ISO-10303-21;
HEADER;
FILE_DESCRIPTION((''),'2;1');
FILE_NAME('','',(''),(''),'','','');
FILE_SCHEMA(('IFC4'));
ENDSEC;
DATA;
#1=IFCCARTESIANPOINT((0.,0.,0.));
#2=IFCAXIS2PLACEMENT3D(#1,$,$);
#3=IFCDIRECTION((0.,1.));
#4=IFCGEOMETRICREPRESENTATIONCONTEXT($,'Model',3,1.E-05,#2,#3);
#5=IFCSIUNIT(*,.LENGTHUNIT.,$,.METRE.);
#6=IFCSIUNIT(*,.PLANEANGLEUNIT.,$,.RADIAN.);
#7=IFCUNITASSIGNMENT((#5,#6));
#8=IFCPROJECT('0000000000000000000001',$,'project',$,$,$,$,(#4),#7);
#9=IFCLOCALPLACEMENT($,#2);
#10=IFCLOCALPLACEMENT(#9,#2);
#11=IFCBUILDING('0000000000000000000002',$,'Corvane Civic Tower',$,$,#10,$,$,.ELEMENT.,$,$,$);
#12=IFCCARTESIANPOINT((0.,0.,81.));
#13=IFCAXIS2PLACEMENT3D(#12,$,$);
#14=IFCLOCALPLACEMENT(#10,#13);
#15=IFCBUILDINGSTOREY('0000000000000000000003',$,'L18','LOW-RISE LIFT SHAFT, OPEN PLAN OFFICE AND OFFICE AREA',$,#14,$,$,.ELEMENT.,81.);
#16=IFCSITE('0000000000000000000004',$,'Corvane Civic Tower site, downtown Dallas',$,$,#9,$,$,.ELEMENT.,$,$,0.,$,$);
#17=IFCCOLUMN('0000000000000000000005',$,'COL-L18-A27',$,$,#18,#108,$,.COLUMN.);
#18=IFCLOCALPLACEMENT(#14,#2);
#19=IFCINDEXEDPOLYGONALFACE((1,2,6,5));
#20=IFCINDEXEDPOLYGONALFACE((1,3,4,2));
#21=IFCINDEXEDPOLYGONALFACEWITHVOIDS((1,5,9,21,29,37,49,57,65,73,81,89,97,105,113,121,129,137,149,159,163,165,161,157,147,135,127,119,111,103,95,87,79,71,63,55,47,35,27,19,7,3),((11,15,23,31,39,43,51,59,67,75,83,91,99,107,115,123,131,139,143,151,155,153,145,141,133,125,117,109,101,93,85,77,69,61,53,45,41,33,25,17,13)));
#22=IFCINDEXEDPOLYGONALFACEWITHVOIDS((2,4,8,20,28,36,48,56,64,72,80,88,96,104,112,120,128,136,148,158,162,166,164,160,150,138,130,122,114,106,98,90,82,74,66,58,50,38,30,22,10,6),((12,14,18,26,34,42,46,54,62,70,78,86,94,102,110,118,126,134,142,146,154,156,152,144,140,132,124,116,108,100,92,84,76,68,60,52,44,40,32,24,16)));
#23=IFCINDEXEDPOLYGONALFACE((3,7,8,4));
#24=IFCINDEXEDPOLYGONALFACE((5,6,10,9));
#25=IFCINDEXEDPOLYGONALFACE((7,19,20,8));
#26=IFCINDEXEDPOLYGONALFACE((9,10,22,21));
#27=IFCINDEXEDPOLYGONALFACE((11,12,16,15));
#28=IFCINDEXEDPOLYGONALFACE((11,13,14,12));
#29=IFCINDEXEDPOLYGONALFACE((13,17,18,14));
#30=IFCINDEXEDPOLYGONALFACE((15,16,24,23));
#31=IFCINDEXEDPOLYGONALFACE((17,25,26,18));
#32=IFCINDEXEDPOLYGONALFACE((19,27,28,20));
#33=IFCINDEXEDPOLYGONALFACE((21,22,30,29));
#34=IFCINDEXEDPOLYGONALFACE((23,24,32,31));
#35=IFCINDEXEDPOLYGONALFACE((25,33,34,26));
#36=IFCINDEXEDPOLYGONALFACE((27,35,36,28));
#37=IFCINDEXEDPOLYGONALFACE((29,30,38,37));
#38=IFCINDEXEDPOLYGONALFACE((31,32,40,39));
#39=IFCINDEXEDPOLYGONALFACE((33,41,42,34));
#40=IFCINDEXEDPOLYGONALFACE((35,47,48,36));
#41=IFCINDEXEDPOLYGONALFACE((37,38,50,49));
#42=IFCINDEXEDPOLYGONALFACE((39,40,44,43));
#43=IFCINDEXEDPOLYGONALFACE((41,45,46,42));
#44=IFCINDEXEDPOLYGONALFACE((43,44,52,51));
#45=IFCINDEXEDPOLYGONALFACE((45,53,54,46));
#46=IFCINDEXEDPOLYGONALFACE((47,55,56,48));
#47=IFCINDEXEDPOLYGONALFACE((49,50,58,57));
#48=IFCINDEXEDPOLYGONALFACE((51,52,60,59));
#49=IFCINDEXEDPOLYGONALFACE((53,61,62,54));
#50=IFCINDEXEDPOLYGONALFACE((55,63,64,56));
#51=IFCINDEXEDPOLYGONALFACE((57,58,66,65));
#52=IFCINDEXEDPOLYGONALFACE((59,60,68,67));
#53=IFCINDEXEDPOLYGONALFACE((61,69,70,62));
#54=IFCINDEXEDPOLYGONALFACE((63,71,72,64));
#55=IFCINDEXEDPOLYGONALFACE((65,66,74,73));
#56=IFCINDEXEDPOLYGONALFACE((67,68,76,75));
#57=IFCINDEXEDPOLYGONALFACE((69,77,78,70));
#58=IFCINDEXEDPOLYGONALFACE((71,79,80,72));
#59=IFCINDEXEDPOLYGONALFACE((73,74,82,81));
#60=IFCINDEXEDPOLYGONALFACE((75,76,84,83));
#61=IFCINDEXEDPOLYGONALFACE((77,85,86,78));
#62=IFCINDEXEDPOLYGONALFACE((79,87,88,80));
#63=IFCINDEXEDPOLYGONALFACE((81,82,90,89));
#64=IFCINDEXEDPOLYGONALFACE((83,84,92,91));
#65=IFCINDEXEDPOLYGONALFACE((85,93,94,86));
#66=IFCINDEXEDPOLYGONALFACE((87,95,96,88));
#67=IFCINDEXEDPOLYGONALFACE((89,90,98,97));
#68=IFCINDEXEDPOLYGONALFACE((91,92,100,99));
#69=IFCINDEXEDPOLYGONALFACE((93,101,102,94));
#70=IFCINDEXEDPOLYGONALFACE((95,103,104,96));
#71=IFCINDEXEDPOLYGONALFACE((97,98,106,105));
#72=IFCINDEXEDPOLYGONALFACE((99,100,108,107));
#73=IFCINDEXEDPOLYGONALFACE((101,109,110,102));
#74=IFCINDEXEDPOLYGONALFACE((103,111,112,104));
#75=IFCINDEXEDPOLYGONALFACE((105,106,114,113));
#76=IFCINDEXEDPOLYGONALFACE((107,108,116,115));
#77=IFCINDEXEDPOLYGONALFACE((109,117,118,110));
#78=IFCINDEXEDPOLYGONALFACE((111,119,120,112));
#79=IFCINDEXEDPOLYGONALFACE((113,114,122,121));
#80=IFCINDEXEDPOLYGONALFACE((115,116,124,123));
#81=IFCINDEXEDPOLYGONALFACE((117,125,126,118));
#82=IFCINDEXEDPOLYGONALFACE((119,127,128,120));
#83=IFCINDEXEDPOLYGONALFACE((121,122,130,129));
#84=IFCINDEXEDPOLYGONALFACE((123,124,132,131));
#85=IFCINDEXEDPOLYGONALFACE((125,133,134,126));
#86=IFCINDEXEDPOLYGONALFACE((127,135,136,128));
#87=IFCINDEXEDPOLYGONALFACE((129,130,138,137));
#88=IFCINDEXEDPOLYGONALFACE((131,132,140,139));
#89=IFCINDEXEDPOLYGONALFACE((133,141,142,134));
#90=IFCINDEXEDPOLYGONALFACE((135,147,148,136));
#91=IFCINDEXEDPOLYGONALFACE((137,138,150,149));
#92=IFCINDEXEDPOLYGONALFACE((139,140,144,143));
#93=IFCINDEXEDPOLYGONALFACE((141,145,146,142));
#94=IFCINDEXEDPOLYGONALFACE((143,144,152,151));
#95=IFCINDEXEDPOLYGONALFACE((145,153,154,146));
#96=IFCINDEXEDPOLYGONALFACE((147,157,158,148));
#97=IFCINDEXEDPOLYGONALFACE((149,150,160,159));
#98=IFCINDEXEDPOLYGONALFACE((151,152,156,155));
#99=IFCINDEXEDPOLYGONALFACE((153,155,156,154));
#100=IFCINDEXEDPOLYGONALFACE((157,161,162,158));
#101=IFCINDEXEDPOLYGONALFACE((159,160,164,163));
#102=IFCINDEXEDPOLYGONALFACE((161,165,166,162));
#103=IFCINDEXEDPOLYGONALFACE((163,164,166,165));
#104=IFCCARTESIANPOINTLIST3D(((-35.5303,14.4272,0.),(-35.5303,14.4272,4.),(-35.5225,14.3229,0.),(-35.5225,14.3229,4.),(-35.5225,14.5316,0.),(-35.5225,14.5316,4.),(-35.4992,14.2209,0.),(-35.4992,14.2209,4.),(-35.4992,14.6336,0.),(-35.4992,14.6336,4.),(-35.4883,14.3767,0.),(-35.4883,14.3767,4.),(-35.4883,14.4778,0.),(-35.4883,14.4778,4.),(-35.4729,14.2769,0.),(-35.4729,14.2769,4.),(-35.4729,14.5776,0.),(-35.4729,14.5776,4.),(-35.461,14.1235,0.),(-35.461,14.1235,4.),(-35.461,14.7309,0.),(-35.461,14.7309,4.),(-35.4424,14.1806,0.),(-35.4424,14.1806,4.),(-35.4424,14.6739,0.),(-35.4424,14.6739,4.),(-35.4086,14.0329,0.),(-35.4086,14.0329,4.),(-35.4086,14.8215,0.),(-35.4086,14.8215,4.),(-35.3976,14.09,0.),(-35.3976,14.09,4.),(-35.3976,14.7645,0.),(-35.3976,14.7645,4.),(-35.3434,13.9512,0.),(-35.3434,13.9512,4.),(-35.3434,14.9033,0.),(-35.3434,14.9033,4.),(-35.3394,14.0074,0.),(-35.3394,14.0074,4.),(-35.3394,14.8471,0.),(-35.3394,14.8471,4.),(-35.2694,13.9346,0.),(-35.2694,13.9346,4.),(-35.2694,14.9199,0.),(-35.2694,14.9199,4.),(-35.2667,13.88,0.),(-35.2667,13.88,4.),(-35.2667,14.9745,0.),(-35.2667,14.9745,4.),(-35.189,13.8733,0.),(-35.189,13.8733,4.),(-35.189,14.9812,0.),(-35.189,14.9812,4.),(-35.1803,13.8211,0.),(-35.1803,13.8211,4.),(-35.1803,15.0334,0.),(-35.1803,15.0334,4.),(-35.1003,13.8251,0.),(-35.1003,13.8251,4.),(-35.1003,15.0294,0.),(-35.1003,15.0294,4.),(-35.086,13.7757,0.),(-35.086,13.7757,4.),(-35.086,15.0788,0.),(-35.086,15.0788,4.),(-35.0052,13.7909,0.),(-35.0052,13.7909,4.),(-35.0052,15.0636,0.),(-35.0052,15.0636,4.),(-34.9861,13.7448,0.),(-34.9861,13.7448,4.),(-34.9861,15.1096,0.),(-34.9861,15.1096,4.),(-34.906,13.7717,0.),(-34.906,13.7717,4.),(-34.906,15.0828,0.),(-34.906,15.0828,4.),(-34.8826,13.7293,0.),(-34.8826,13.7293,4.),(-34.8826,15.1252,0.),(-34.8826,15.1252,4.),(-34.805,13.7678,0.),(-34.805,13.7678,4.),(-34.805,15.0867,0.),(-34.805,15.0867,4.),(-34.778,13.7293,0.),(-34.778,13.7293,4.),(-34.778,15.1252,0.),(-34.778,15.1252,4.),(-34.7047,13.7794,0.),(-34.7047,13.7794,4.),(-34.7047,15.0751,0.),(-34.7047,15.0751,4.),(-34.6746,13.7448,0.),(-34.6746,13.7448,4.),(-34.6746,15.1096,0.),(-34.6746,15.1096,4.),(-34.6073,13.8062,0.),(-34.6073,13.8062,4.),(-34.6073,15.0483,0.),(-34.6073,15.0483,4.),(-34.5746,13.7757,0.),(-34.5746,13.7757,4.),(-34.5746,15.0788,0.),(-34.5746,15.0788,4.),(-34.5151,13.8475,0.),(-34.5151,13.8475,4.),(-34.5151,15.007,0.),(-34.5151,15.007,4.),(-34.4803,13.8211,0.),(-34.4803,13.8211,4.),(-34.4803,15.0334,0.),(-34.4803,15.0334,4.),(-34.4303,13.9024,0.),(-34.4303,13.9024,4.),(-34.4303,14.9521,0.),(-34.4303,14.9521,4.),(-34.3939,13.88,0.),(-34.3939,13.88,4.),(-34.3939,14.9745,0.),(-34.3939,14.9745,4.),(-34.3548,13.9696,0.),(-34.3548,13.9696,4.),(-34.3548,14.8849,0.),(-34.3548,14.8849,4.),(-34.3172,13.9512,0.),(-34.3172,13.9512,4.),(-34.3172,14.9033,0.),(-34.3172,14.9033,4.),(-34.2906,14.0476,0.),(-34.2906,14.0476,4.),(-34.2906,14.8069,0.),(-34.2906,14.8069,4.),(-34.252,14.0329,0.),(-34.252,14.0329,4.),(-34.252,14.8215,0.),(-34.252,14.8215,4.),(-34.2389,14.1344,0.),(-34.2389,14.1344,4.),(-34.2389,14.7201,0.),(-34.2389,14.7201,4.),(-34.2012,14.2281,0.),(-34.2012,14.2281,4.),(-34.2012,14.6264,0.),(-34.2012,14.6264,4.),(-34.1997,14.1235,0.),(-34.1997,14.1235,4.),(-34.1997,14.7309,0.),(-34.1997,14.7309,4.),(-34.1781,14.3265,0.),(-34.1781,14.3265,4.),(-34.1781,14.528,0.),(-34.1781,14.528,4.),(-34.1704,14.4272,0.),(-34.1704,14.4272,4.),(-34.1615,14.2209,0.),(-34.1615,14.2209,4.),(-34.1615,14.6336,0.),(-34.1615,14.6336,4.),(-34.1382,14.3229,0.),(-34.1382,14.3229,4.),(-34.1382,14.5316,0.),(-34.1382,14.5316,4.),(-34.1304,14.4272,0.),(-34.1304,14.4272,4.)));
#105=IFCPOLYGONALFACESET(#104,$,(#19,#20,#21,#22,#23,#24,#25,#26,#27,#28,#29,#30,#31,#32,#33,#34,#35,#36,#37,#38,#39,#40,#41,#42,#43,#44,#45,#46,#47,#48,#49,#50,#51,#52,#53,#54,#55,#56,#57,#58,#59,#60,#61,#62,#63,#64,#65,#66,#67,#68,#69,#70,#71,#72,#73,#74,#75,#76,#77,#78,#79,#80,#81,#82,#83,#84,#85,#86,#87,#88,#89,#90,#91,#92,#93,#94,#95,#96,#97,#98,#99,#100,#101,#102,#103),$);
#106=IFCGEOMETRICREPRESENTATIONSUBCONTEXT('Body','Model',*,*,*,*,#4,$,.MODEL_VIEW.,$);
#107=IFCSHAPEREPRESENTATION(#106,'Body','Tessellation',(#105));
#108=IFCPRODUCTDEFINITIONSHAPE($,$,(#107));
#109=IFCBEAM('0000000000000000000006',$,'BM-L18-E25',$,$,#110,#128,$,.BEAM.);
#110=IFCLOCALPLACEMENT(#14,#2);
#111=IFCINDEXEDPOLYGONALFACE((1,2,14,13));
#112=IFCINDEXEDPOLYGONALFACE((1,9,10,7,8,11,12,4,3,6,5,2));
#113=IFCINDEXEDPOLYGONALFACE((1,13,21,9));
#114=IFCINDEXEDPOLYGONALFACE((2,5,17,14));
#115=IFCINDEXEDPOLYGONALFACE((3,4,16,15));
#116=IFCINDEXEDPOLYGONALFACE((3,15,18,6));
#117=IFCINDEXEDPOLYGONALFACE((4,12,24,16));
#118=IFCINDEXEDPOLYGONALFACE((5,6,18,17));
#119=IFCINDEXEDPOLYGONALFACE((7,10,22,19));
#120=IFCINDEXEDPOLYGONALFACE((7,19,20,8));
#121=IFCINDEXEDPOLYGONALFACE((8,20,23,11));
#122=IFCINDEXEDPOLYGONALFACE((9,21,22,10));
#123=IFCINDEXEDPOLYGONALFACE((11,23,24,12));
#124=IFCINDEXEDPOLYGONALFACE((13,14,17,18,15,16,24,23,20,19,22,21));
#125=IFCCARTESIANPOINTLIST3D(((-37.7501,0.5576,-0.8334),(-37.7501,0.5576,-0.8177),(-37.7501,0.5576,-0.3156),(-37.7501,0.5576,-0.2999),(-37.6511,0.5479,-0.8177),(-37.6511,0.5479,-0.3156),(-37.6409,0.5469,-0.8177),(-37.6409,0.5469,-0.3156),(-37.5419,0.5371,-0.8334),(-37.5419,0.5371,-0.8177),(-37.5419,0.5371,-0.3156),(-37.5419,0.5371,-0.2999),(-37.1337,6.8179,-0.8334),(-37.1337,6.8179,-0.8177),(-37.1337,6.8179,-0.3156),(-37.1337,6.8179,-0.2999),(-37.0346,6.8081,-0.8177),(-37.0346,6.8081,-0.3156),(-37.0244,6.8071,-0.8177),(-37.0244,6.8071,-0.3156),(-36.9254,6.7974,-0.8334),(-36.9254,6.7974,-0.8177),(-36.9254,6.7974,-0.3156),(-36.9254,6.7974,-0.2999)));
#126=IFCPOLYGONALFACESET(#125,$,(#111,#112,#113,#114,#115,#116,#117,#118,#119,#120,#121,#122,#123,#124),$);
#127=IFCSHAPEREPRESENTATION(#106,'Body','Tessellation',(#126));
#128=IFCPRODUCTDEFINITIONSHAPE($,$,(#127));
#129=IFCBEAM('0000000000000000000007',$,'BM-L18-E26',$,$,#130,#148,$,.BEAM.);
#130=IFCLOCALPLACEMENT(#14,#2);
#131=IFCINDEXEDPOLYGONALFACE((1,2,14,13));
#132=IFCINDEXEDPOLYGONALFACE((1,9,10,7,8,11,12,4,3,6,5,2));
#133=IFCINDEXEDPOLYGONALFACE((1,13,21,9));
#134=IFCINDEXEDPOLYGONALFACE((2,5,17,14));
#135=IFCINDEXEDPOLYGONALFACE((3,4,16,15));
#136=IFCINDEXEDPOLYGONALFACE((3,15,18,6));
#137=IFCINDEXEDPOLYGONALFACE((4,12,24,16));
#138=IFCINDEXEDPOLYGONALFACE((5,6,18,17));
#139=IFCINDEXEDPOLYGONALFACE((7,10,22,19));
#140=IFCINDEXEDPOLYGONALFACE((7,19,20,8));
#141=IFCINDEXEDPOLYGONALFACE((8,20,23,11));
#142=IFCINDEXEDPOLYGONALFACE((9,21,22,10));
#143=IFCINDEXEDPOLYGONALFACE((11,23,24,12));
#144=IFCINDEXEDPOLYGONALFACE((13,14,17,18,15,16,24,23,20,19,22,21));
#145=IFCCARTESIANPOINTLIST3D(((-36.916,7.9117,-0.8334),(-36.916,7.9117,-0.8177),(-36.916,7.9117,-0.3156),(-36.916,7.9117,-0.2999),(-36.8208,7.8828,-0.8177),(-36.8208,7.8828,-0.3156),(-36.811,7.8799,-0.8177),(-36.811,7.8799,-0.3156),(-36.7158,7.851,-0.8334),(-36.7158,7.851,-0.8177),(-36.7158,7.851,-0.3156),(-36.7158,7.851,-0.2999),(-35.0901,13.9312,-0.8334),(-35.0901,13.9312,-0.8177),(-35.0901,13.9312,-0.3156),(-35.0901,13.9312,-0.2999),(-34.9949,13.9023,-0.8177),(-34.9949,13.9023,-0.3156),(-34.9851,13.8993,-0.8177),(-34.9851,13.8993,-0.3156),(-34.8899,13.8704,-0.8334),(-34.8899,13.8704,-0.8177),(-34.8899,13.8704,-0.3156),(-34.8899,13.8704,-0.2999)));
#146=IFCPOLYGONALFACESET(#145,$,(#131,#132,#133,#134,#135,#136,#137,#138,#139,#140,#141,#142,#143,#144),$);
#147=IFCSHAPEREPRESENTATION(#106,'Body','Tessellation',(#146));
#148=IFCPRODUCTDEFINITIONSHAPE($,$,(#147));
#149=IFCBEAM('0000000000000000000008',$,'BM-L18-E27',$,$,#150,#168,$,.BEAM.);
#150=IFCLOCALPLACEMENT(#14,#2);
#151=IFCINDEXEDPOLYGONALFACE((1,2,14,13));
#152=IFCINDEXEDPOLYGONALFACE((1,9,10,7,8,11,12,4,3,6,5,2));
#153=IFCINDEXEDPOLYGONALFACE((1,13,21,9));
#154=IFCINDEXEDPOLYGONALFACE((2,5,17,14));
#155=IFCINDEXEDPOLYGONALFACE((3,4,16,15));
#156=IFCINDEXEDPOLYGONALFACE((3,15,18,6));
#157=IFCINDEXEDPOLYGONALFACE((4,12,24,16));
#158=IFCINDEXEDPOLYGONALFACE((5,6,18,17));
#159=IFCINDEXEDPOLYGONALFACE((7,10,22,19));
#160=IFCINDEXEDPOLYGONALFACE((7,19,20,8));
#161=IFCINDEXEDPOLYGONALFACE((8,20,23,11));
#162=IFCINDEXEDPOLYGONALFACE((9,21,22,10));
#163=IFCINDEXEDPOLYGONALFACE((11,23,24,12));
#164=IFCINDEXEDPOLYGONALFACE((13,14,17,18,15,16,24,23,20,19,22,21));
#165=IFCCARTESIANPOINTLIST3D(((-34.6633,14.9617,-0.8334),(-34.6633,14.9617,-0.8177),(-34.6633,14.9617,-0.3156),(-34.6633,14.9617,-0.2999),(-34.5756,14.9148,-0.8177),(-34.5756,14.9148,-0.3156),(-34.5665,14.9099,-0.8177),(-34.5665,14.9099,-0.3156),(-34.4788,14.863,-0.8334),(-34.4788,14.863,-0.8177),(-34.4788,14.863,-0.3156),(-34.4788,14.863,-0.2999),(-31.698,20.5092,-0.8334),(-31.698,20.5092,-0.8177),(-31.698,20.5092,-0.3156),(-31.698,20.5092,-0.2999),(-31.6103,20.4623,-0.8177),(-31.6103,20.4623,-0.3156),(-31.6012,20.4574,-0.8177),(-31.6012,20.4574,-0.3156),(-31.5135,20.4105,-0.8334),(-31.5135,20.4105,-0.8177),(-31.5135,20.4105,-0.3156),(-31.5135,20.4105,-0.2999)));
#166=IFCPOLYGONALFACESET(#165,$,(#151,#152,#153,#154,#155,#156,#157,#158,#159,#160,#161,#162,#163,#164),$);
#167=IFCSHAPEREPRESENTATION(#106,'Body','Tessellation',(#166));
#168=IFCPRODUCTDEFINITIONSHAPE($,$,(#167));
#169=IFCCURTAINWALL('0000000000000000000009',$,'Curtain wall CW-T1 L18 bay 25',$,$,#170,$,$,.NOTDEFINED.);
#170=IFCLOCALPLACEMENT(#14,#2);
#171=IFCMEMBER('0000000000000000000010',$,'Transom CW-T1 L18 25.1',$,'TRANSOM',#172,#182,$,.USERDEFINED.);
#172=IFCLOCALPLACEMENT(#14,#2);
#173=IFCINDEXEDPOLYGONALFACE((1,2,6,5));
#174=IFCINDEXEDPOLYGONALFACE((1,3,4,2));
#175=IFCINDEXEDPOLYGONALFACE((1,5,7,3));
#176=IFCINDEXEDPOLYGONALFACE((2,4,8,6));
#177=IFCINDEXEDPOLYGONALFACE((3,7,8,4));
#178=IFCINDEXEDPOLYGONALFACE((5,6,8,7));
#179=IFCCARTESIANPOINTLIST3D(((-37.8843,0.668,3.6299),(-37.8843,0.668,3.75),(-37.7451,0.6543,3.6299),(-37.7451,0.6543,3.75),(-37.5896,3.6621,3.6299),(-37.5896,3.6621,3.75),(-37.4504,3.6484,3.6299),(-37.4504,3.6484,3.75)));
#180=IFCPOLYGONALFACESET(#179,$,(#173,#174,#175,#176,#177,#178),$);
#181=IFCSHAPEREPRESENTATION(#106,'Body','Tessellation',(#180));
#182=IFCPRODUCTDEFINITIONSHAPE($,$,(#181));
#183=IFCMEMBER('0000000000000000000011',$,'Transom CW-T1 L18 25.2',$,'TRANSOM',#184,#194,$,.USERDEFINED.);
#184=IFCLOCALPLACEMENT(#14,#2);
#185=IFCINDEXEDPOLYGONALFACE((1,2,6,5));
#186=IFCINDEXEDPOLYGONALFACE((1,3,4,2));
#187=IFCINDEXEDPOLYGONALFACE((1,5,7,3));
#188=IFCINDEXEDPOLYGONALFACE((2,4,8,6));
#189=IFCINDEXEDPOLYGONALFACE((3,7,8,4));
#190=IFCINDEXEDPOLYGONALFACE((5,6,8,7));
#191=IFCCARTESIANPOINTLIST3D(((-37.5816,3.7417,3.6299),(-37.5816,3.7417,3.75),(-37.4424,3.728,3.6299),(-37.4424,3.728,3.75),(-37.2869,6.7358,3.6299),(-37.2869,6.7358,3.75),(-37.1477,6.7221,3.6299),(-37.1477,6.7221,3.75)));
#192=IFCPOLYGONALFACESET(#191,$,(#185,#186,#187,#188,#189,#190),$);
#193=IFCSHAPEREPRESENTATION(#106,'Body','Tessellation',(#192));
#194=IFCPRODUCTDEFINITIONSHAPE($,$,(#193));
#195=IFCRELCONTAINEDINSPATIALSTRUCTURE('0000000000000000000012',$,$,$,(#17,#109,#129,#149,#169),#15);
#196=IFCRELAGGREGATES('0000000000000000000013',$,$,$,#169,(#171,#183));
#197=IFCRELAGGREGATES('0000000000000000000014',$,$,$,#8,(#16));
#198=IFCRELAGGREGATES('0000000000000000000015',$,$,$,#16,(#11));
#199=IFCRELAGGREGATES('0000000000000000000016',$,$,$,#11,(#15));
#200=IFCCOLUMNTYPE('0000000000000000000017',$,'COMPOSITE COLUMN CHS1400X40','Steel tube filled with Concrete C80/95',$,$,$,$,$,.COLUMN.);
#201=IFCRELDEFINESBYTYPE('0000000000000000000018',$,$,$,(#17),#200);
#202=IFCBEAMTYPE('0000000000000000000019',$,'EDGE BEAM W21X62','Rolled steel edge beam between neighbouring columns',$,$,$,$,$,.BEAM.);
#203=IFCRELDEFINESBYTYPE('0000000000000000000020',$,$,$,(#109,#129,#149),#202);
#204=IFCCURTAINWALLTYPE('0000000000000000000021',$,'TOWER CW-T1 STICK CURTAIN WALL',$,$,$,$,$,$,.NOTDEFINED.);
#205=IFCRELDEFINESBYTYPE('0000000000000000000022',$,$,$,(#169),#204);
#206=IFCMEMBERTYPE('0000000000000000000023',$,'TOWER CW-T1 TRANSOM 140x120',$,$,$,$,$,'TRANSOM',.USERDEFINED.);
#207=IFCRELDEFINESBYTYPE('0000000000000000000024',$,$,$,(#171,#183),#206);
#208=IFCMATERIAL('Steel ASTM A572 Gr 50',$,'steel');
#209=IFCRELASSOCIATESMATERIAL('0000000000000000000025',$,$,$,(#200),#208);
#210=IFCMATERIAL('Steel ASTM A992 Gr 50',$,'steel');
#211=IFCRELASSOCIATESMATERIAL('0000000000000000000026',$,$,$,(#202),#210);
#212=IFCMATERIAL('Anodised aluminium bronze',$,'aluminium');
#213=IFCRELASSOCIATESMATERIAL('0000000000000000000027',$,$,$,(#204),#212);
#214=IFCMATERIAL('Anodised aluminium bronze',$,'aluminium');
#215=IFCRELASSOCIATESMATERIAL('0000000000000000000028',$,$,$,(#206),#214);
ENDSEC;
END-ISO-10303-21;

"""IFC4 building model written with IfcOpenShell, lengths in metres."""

from ifc_helpers import new_model, si_unit, direction, frame, origin, origin_2d, place, context, subcontext, project, spatial, rectangle, hollow_circle, i_section, extrude, material, material_profile, profile_set, type_object, element, aggregate, save


model = new_model("IFC4")

# Units and contexts
model_context = context("Model", 3, precision=1e-05, world=origin(), true_north=direction((0.0, 1.0)))
body_context = subcontext(model_context, "Body", "Model", "MODEL_VIEW")
ifc_project = project(units=[si_unit("LENGTHUNIT", "METRE"), si_unit("PLANEANGLEUNIT", "RADIAN")], contexts=[model_context])

# Site, building, storey
site_placement = place(None, origin())
site = spatial("IfcSite", under=ifc_project, at=site_placement, Name="Corvane Civic Tower site, downtown Dallas", CompositionType="ELEMENT", RefElevation=0.0)
building_placement = place(site_placement, origin())
building = spatial("IfcBuilding", under=site, at=building_placement, Name="Corvane Civic Tower", CompositionType="ELEMENT")
storey_placement = place(building_placement, frame((0.0, 0.0, 81.0)))
storey = spatial("IfcBuildingStorey", under=building, at=storey_placement, Name="L18", Description="LOW-RISE LIFT SHAFT, OPEN PLAN OFFICE AND OFFICE AREA", CompositionType="ELEMENT", Elevation=81.0)

# Column
ifc_material_1 = material(Name="Steel ASTM A572 Gr 50", Category="steel")
ifc_material_profile_1 = material_profile(ifc_material_1, hollow_circle(Radius=0.7, WallThickness=0.04, at=origin_2d()), Name="CHS1400X40")
ifc_profile_set_1 = profile_set([ifc_material_profile_1], Name="Steel ASTM A572 Gr 50")
column_type = type_object("IfcColumnType", Name="COMPOSITE COLUMN CHS1400X40", Description="Steel tube filled with Concrete C80/95", PredefinedType="COLUMN", material=ifc_profile_set_1)
for number, where, z_axis, x_axis, name in (
    (1, (-34.8303, 14.4272, 0.0), (0.0, 0.0, 1.0), (1.0, 0.0, 0.0), "COL-L18-A27"),
):
    element("IfcColumn", number, at=place(storey_placement, frame(where, z_axis=z_axis, x_axis=x_axis)), inside=storey, type_object=column_type, Name=name, PredefinedType="COLUMN", context=body_context, shape_type="SweptSolid", body=[
        extrude(hollow_circle(Radius=0.7, WallThickness=0.04, at=origin_2d()), origin(), (0.0, 0.0, 1.0), 4.0),
    ])

# Beams
ifc_material_2 = material(Name="Steel ASTM A992 Gr 50", Category="steel")
ifc_material_profile_2 = material_profile(ifc_material_2, i_section(OverallWidth=0.2092, OverallDepth=0.5334, WebThickness=0.0103, FlangeThickness=0.0156, at=origin_2d()), Name="W21X62")
ifc_profile_set_2 = profile_set([ifc_material_profile_2], Name="Steel ASTM A992 Gr 50")
beam_type = type_object("IfcBeamType", Name="EDGE BEAM W21X62", Description="Rolled steel edge beam between neighbouring columns", PredefinedType="BEAM", material=ifc_profile_set_2)
beam_placement = place(storey_placement, frame((-37.646, 0.5474, -0.5667), z_axis=(0.097997, 0.995187, 0.0), x_axis=(-0.995187, 0.097997, 0.0)))
element("IfcBeam", 2, at=beam_placement, inside=storey, type_object=beam_type, Name="BM-L18-E25", PredefinedType="BEAM", context=body_context, shape_type="SweptSolid", body=[
    extrude(i_section(OverallWidth=0.2092, OverallDepth=0.5334, WebThickness=0.0103, FlangeThickness=0.0156, at=origin_2d()), origin(), (0.0, 0.0, 1.0), 6.2905),
])
for number, where, z_axis, x_axis, name in (
    (3, (-36.8159, 7.8813, -0.5667), (0.290273, 0.956944, 0.0), (-0.956944, 0.290273, 0.0), "BM-L18-E26"),
    (4, (-34.571, 14.9124, -0.5667), (0.471406, 0.881916, 0.0), (-0.881916, 0.471406, 0.0), "BM-L18-E27"),
):
    element("IfcBeam", number, at=place(storey_placement, frame(where, z_axis=z_axis, x_axis=x_axis)), inside=storey, type_object=beam_type, Name=name, PredefinedType="BEAM", context=body_context, shape_type="SweptSolid", body=[
        extrude(i_section(OverallWidth=0.2092, OverallDepth=0.5334, WebThickness=0.0103, FlangeThickness=0.0156, at=origin_2d()), origin(), (0.0, 0.0, 1.0), 6.2903),
    ])

# Curtain wall, members
ifc_material_3 = material(Name="Anodised aluminium bronze", Category="aluminium")
curtain_wall_type = type_object("IfcCurtainWallType", Name="TOWER CW-T1 STICK CURTAIN WALL", PredefinedType="NOTDEFINED", material=ifc_material_3)
curtain_wall_1_placement = place(storey_placement, origin())
curtain_wall_1 = element("IfcCurtainWall", 5, at=curtain_wall_1_placement, inside=storey, type_object=curtain_wall_type, Name="Curtain wall CW-T1 L18 bay 25", PredefinedType="NOTDEFINED")
ifc_material_4 = material(Name="Anodised aluminium bronze", Category="aluminium")
ifc_material_profile_3 = material_profile(ifc_material_4, rectangle(XDim=0.1399, YDim=0.1201, at=origin_2d()), Name="TOWER CW-T1 TRANSOM 140x120")
ifc_profile_set_3 = profile_set([ifc_material_profile_3], Name="Anodised aluminium bronze")
member_type_1 = type_object("IfcMemberType", Name="TOWER CW-T1 TRANSOM 140x120", ElementType="TRANSOM", PredefinedType="USERDEFINED", material=ifc_profile_set_3)
member_1_placement = place(storey_placement, frame((-37.8147, 0.6611, 3.6899), z_axis=(0.097945, 0.995192, 0.0), x_axis=(-0.995192, 0.097945, 0.0)))
member_1 = element("IfcMember", 6, at=member_1_placement, type_object=member_type_1, Name="Transom CW-T1 L18 25.1", ObjectType="TRANSOM", PredefinedType="USERDEFINED", context=body_context, shape_type="SweptSolid", body=[
    extrude(rectangle(XDim=0.1399, YDim=0.1201, at=origin_2d()), origin(), (0.0, 0.0, 1.0), 3.0085),
])
member_2_placement = place(storey_placement, frame((-37.512, 3.7349, 3.6899), z_axis=(0.097945, 0.995192, 0.0), x_axis=(-0.995192, 0.097945, 0.0)))
member_2 = element("IfcMember", 7, at=member_2_placement, type_object=member_type_1, Name="Transom CW-T1 L18 25.2", ObjectType="TRANSOM", PredefinedType="USERDEFINED", context=body_context, shape_type="SweptSolid", body=[
    extrude(rectangle(XDim=0.1399, YDim=0.1201, at=origin_2d()), origin(), (0.0, 0.0, 1.0), 3.0085),
])

aggregate(curtain_wall_1, [member_1, member_2])

save(model, "model.ifc")
